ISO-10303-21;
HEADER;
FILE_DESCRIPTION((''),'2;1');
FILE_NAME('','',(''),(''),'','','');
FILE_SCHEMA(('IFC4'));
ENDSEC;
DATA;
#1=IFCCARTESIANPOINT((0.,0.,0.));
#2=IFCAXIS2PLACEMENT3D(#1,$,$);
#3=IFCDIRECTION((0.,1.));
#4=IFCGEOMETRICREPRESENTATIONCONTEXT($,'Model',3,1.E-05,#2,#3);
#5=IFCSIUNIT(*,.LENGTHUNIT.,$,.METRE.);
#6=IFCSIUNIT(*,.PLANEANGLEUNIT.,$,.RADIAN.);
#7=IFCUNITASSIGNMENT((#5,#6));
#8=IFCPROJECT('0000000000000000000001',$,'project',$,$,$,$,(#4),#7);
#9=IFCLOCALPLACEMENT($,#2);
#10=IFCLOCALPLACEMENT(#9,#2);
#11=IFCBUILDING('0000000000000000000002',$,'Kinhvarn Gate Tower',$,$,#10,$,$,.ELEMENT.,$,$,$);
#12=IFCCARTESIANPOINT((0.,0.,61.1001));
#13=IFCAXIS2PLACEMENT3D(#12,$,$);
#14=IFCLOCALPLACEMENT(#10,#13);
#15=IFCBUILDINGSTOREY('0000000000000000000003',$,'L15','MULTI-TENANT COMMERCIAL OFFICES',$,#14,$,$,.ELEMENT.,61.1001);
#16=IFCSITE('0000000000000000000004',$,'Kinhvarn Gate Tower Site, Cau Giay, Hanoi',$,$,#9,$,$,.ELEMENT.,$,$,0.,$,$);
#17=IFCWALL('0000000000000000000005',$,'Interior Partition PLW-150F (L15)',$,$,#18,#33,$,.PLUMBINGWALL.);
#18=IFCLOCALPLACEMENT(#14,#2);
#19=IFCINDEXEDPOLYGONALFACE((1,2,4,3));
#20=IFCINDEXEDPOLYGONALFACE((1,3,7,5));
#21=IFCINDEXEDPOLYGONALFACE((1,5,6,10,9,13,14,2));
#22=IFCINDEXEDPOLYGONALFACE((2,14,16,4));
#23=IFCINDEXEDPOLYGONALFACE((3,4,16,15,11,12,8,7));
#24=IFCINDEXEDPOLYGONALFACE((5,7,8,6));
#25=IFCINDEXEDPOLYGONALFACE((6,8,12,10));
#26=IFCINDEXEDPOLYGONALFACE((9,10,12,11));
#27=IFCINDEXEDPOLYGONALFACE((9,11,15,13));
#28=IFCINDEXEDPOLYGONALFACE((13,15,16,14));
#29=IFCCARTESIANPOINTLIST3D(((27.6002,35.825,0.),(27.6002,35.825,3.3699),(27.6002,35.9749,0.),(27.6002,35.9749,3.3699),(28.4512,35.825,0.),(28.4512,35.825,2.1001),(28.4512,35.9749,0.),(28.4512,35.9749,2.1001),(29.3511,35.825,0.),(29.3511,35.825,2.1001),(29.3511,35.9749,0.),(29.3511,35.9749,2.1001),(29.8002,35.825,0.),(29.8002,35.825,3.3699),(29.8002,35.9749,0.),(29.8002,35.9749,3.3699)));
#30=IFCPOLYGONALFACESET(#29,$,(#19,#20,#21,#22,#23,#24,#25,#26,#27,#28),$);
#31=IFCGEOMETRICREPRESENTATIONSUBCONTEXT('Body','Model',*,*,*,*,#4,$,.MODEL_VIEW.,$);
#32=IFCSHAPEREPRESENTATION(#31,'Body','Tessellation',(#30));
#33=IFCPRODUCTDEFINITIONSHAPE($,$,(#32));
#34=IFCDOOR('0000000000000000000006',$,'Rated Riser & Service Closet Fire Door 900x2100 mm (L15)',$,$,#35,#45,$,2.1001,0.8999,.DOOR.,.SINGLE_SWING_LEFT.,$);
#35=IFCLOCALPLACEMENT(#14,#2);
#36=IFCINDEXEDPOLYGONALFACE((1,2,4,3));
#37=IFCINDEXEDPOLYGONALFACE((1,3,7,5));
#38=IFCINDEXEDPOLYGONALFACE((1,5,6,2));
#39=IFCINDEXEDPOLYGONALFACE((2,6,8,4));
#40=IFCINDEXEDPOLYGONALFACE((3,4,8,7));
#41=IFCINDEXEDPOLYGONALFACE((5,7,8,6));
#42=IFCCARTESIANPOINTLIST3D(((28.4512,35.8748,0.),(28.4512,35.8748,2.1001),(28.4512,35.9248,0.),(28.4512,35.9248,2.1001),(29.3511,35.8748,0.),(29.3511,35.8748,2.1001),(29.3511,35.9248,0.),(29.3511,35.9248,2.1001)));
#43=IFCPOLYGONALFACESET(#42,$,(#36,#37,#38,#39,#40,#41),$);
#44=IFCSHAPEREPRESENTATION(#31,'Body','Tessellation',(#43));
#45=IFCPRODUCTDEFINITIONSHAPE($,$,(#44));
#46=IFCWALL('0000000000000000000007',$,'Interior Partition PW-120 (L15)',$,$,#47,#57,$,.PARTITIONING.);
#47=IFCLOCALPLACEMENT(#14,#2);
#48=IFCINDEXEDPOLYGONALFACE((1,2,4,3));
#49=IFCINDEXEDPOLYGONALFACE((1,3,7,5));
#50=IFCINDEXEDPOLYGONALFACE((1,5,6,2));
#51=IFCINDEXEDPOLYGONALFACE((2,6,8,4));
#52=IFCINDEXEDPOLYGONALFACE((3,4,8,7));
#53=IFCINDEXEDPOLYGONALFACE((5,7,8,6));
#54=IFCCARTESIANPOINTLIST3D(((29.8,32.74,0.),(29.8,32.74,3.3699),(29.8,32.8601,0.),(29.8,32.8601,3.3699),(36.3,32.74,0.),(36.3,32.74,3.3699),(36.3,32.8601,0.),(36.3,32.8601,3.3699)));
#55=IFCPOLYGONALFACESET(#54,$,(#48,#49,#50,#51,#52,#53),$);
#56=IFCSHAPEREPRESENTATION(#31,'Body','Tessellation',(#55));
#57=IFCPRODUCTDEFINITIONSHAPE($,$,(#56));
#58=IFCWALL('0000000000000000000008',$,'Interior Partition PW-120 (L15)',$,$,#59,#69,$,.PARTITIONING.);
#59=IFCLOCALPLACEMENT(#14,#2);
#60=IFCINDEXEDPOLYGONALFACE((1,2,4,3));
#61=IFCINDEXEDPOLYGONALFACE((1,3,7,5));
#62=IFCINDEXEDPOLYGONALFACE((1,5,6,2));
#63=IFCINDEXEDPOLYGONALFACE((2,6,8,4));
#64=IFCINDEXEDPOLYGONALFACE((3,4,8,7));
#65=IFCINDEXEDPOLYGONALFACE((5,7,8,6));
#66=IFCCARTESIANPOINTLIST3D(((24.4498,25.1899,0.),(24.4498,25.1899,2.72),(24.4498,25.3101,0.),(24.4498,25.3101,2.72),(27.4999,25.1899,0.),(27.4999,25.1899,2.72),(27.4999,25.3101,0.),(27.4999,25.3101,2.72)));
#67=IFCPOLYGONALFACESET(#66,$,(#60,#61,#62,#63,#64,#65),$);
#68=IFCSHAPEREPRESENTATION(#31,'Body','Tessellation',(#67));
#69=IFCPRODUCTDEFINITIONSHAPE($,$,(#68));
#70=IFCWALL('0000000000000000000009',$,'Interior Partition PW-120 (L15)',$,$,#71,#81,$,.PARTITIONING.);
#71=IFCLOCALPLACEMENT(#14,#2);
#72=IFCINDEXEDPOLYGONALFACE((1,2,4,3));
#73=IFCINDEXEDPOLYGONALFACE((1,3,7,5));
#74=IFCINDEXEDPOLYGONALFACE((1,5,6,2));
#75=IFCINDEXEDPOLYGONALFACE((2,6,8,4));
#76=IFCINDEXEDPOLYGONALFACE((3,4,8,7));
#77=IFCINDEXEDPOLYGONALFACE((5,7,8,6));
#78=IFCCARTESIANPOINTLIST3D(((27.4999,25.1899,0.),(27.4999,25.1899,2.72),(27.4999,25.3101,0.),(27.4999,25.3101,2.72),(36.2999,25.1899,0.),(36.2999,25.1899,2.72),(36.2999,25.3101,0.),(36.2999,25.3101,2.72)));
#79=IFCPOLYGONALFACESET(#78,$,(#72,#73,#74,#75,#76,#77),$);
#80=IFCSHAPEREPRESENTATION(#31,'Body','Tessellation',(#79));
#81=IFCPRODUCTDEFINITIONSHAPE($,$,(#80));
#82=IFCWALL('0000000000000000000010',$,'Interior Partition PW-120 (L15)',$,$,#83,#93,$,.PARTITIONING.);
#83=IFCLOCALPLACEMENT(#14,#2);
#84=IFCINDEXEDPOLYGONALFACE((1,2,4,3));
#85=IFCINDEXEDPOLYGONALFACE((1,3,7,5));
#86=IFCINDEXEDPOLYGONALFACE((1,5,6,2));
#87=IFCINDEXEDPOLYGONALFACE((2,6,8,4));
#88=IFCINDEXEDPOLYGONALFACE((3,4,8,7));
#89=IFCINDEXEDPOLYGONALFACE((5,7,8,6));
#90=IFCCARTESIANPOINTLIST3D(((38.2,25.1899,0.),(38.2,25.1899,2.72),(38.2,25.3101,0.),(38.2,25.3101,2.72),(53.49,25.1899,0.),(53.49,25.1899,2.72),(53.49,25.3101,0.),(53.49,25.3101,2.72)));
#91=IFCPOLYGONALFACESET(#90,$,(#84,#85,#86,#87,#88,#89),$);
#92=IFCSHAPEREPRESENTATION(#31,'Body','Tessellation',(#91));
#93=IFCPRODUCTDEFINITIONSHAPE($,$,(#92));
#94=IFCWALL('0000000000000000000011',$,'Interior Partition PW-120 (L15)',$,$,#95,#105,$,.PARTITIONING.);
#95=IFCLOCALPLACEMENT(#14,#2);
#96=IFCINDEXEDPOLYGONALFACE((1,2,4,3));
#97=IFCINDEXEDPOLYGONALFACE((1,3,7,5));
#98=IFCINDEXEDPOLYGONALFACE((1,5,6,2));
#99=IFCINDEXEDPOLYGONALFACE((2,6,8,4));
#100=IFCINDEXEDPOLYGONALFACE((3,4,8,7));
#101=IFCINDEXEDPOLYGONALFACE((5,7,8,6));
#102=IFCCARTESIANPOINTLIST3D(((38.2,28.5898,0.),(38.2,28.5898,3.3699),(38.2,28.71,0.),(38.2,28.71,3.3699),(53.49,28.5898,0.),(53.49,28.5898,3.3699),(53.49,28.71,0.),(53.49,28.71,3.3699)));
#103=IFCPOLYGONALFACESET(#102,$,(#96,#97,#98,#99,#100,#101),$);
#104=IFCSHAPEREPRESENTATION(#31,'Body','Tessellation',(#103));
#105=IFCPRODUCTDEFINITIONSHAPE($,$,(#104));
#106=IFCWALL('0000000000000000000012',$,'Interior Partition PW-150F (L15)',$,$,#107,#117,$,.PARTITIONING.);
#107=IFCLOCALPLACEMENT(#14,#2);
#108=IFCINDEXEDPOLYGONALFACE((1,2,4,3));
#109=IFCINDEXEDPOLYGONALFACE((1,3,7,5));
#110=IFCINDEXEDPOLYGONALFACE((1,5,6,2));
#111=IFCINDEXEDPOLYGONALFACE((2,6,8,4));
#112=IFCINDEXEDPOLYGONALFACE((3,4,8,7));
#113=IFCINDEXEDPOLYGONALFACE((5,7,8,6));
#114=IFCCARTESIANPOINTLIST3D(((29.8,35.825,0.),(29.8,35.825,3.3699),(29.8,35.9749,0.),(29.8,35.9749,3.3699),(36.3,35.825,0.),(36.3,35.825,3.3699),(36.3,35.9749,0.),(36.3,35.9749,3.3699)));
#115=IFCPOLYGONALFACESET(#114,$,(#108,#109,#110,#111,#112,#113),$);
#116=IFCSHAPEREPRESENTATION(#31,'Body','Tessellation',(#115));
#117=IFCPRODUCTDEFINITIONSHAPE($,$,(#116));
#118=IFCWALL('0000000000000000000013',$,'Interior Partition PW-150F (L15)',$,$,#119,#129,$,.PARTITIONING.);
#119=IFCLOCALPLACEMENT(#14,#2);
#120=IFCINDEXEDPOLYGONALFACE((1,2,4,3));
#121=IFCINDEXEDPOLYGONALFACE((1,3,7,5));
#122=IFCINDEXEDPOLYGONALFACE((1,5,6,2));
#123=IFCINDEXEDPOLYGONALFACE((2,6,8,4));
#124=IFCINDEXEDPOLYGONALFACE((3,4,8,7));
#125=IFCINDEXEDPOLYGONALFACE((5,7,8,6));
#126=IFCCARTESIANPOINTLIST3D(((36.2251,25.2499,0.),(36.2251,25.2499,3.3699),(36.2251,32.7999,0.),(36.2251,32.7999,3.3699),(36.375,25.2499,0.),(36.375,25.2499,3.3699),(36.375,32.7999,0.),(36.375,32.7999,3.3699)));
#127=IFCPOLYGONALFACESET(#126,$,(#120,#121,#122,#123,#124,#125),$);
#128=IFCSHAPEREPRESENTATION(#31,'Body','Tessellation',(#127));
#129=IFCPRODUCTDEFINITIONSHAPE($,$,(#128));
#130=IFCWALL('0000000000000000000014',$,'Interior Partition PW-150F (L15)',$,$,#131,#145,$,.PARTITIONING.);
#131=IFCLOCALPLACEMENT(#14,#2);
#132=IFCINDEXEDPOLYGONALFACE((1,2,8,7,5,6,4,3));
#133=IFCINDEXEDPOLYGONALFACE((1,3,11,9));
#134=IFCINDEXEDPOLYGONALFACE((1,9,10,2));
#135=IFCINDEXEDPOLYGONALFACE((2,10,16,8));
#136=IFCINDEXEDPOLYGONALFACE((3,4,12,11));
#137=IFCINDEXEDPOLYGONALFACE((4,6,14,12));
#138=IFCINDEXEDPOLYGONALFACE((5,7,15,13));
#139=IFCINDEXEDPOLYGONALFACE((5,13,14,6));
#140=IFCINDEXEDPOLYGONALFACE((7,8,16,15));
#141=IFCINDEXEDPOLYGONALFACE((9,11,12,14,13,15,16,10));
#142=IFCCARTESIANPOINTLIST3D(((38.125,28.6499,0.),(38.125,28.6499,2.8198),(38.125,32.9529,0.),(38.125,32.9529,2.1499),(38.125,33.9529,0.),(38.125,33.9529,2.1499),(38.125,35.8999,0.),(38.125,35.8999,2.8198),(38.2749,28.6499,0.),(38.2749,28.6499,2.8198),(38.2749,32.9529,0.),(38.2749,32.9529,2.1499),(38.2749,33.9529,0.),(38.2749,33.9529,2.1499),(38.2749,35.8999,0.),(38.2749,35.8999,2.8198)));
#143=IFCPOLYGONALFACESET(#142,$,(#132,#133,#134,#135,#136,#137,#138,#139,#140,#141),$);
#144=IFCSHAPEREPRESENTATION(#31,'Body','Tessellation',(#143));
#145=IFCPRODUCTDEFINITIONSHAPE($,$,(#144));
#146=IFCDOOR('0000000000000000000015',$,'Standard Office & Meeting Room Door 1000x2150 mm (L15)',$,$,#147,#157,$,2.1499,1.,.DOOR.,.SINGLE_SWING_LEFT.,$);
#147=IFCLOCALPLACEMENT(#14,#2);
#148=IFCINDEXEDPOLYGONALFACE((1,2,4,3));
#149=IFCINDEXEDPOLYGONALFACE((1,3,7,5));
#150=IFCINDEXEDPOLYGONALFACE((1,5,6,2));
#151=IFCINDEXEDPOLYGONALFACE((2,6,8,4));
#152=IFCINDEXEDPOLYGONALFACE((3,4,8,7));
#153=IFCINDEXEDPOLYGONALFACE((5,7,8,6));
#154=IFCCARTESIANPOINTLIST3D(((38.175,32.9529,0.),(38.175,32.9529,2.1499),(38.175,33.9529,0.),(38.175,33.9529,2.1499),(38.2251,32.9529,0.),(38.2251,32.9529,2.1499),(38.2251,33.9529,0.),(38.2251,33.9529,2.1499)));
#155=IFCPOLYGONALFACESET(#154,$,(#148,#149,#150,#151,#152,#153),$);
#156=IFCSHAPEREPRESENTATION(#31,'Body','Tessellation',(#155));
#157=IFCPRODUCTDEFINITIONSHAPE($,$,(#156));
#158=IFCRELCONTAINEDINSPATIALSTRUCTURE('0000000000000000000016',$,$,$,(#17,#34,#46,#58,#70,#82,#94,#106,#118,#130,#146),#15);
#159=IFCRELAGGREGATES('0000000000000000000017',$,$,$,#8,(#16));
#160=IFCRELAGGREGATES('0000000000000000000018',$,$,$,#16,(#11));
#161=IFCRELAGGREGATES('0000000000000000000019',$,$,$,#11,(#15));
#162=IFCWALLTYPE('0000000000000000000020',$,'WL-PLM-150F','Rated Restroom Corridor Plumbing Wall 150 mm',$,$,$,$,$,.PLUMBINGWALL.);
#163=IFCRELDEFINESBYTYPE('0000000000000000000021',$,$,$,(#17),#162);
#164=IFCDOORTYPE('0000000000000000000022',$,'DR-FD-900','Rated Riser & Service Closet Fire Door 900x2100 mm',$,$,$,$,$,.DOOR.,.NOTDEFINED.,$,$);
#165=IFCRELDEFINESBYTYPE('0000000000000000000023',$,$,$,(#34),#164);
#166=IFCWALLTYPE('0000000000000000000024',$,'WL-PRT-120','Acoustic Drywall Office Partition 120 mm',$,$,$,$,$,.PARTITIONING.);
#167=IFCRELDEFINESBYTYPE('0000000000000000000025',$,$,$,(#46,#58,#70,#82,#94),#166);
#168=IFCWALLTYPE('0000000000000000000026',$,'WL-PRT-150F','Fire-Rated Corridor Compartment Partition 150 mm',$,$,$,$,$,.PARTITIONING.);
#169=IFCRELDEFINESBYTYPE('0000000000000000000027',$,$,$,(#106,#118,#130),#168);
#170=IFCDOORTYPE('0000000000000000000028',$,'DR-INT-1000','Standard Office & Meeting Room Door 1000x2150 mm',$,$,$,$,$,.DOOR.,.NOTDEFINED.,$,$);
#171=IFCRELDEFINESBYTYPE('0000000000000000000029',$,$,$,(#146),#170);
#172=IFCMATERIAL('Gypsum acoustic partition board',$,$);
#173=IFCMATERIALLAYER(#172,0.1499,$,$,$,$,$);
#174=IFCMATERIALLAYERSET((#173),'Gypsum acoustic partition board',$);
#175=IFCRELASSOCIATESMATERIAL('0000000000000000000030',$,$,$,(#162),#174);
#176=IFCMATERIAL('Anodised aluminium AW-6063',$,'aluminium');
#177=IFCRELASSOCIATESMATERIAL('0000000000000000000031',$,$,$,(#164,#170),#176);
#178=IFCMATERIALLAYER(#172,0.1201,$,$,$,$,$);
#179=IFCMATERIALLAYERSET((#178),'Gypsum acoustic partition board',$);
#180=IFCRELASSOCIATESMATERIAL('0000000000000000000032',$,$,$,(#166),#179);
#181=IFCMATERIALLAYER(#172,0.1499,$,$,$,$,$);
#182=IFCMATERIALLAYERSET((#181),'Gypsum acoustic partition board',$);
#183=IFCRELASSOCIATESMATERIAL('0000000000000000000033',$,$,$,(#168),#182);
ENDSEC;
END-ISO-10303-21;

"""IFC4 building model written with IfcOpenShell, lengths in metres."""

from ifc_helpers import new_model, si_unit, direction, frame, frame_2d, origin, place, context, subcontext, project, spatial, rectangle, extrude, material, layer, layer_set, type_object, element, fill, save


model = new_model("IFC4")

# Units and contexts
model_context = context("Model", 3, precision=1e-05, world=origin(), true_north=direction((0.0, 1.0)))
body_context = subcontext(model_context, "Body", "Model", "MODEL_VIEW")
ifc_project = project(units=[si_unit("LENGTHUNIT", "METRE"), si_unit("PLANEANGLEUNIT", "RADIAN")], contexts=[model_context])

# Site, building, storey
site_placement = place(None, origin())
site = spatial("IfcSite", under=ifc_project, at=site_placement, Name="Kinhvarn Gate Tower Site, Cau Giay, Hanoi", CompositionType="ELEMENT", RefElevation=0.0)
building_placement = place(site_placement, origin())
building = spatial("IfcBuilding", under=site, at=building_placement, Name="Kinhvarn Gate Tower", CompositionType="ELEMENT")
storey_placement = place(building_placement, frame((0.0, 0.0, 61.1001)))
storey = spatial("IfcBuildingStorey", under=building, at=storey_placement, Name="L15", Description="MULTI-TENANT COMMERCIAL OFFICES", CompositionType="ELEMENT", Elevation=61.1001)

# Shared definitions
ifc_material_1 = material(Name="Gypsum acoustic partition board")

# Wall, opening, door
ifc_layer_1 = layer(ifc_material_1, 0.1499)
ifc_layer_set_1 = layer_set([ifc_layer_1], Name="Gypsum acoustic partition board")
wall_type_1 = type_object("IfcWallType", Name="WL-PLM-150F", Description="Rated Restroom Corridor Plumbing Wall 150 mm", PredefinedType="PLUMBINGWALL", material=ifc_layer_set_1)
wall_1_placement = place(storey_placement, frame((27.6001, 35.8999, 0.0), z_axis=(0.0, 0.0, 1.0), x_axis=(1.0, 0.0, 0.0)))
wall_1 = element("IfcWall", 1, at=wall_1_placement, inside=storey, type_object=wall_type_1, Name="Interior Partition PLW-150F (L15)", PredefinedType="PLUMBINGWALL", context=body_context, shape_type="SweptSolid", body=[
    extrude(rectangle(XDim=2.2, YDim=0.1499, at=frame_2d((1.1001, 0.0))), origin(), (0.0, 0.0, 1.0), 3.3699),
])
opening_1_placement = place(wall_1_placement, frame((0.8511, 0.0, 0.0)))
opening_1 = element("IfcOpeningElement", 2, at=opening_1_placement, cuts=wall_1, PredefinedType="OPENING", context=body_context, shape_type="SweptSolid", body=[
    extrude(rectangle(XDim=0.8999, YDim=2.1001, at=frame_2d((0.45, 1.05))), frame((0.0, 0.085, 0.0), z_axis=(0.0, -1.0, 0.0), x_axis=(1.0, 0.0, 0.0)), (0.0, 0.0, 1.0), 0.1699),
])
ifc_material_2 = material(Name="Anodised aluminium AW-6063", Category="aluminium")
door_type_1 = type_object("IfcDoorType", Name="DR-FD-900", Description="Rated Riser & Service Closet Fire Door 900x2100 mm", OperationType="NOTDEFINED", PredefinedType="DOOR", material=ifc_material_2)
door_1_placement = place(opening_1_placement, origin())
door_1 = element("IfcDoor", 3, at=door_1_placement, inside=storey, type_object=door_type_1, Name="Rated Riser & Service Closet Fire Door 900x2100 mm (L15)", OperationType="SINGLE_SWING_LEFT", OverallHeight=2.1001, OverallWidth=0.8999, PredefinedType="DOOR", context=body_context, shape_type="SweptSolid", body=[
    extrude(rectangle(XDim=0.8999, YDim=2.1001, at=frame_2d((0.45, 1.05))), frame((0.0, 0.0249, 0.0), z_axis=(0.0, -1.0, 0.0), x_axis=(1.0, 0.0, 0.0)), (0.0, 0.0, 1.0), 0.05),
])
fill(opening_1, door_1)

# Walls
ifc_layer_2 = layer(ifc_material_1, 0.1201)
ifc_layer_set_2 = layer_set([ifc_layer_2], Name="Gypsum acoustic partition board")
wall_type_2 = type_object("IfcWallType", Name="WL-PRT-120", Description="Acoustic Drywall Office Partition 120 mm", PredefinedType="PARTITIONING", material=ifc_layer_set_2)
wall_2_placement = place(storey_placement, frame((29.8, 32.8, 0.0), z_axis=(0.0, 0.0, 1.0), x_axis=(1.0, 0.0, 0.0)))
element("IfcWall", 4, at=wall_2_placement, inside=storey, type_object=wall_type_2, Name="Interior Partition PW-120 (L15)", PredefinedType="PARTITIONING", context=body_context, shape_type="SweptSolid", body=[
    extrude(rectangle(XDim=6.5, YDim=0.1201, at=frame_2d((3.25, 0.0))), origin(), (0.0, 0.0, 1.0), 3.3699),
])
wall_3_placement = place(storey_placement, frame((24.45, 25.25, 0.0), z_axis=(0.0, 0.0, 1.0), x_axis=(1.0, 0.0, 0.0)))
element("IfcWall", 5, at=wall_3_placement, inside=storey, type_object=wall_type_2, Name="Interior Partition PW-120 (L15)", PredefinedType="PARTITIONING", context=body_context, shape_type="SweptSolid", body=[
    extrude(rectangle(XDim=3.05, YDim=0.1201, at=frame_2d((1.5249, 0.0))), origin(), (0.0, 0.0, 1.0), 2.72),
])
wall_4_placement = place(storey_placement, frame((27.5, 25.25, 0.0), z_axis=(0.0, 0.0, 1.0), x_axis=(1.0, 0.0, 0.0)))
element("IfcWall", 6, at=wall_4_placement, inside=storey, type_object=wall_type_2, Name="Interior Partition PW-120 (L15)", PredefinedType="PARTITIONING", context=body_context, shape_type="SweptSolid", body=[
    extrude(rectangle(XDim=8.8, YDim=0.1201, at=frame_2d((4.3999, 0.0))), origin(), (0.0, 0.0, 1.0), 2.72),
])
wall_5_placement = place(storey_placement, frame((38.2, 25.25, 0.0), z_axis=(0.0, 0.0, 1.0), x_axis=(1.0, 0.0, 0.0)))
element("IfcWall", 7, at=wall_5_placement, inside=storey, type_object=wall_type_2, Name="Interior Partition PW-120 (L15)", PredefinedType="PARTITIONING", context=body_context, shape_type="SweptSolid", body=[
    extrude(rectangle(XDim=15.29, YDim=0.1201, at=frame_2d((7.645, 0.0))), origin(), (0.0, 0.0, 1.0), 2.72),
])
wall_6_placement = place(storey_placement, frame((38.2, 28.6499, 0.0), z_axis=(0.0, 0.0, 1.0), x_axis=(1.0, 0.0, 0.0)))
element("IfcWall", 8, at=wall_6_placement, inside=storey, type_object=wall_type_2, Name="Interior Partition PW-120 (L15)", PredefinedType="PARTITIONING", context=body_context, shape_type="SweptSolid", body=[
    extrude(rectangle(XDim=15.29, YDim=0.1201, at=frame_2d((7.645, 0.0))), origin(), (0.0, 0.0, 1.0), 3.3699),
])
ifc_layer_3 = layer(ifc_material_1, 0.1499)
ifc_layer_set_3 = layer_set([ifc_layer_3], Name="Gypsum acoustic partition board")
wall_type_3 = type_object("IfcWallType", Name="WL-PRT-150F", Description="Fire-Rated Corridor Compartment Partition 150 mm", PredefinedType="PARTITIONING", material=ifc_layer_set_3)
wall_7_placement = place(storey_placement, frame((29.8, 35.8999, 0.0), z_axis=(0.0, 0.0, 1.0), x_axis=(1.0, 0.0, 0.0)))
element("IfcWall", 9, at=wall_7_placement, inside=storey, type_object=wall_type_3, Name="Interior Partition PW-150F (L15)", PredefinedType="PARTITIONING", context=body_context, shape_type="SweptSolid", body=[
    extrude(rectangle(XDim=6.5, YDim=0.1499, at=frame_2d((3.25, 0.0))), origin(), (0.0, 0.0, 1.0), 3.3699),
])

# Shared definitions
door_type_2 = type_object("IfcDoorType", Name="DR-INT-1000", Description="Standard Office & Meeting Room Door 1000x2150 mm", OperationType="NOTDEFINED", PredefinedType="DOOR", material=ifc_material_2)

# Wall
wall_8_placement = place(storey_placement, frame((36.3, 25.25, 0.0), z_axis=(0.0, 0.0, 1.0), x_axis=(0.0, 1.0, 0.0)))
element("IfcWall", 10, at=wall_8_placement, inside=storey, type_object=wall_type_3, Name="Interior Partition PW-150F (L15)", PredefinedType="PARTITIONING", context=body_context, shape_type="SweptSolid", body=[
    extrude(rectangle(XDim=7.55, YDim=0.1499, at=frame_2d((3.7749, 0.0))), origin(), (0.0, 0.0, 1.0), 3.3699),
])

# Wall, opening, door
wall_9_placement = place(storey_placement, frame((38.2, 28.6499, 0.0), z_axis=(0.0, 0.0, 1.0), x_axis=(0.0, 1.0, 0.0)))
wall_9 = element("IfcWall", 11, at=wall_9_placement, inside=storey, type_object=wall_type_3, Name="Interior Partition PW-150F (L15)", PredefinedType="PARTITIONING", context=body_context, shape_type="SweptSolid", body=[
    extrude(rectangle(XDim=7.25, YDim=0.1499, at=frame_2d((3.625, 0.0))), origin(), (0.0, 0.0, 1.0), 2.8198),
])
opening_2_placement = place(wall_9_placement, frame((4.303, 0.0, 0.0)))
opening_2 = element("IfcOpeningElement", 12, at=opening_2_placement, cuts=wall_9, PredefinedType="OPENING", context=body_context, shape_type="SweptSolid", body=[
    extrude(rectangle(XDim=1.0, YDim=2.1499, at=frame_2d((0.5, 1.075))), frame((0.0, 0.085, 0.0), z_axis=(0.0, -1.0, 0.0), x_axis=(1.0, 0.0, 0.0)), (0.0, 0.0, 1.0), 0.1699),
])
door_2_placement = place(opening_2_placement, origin())
door_2 = element("IfcDoor", 13, at=door_2_placement, inside=storey, type_object=door_type_2, Name="Standard Office & Meeting Room Door 1000x2150 mm (L15)", OperationType="SINGLE_SWING_LEFT", OverallHeight=2.1499, OverallWidth=1.0, PredefinedType="DOOR", context=body_context, shape_type="SweptSolid", body=[
    extrude(rectangle(XDim=1.0, YDim=2.1499, at=frame_2d((0.5, 1.075))), frame((0.0, 0.0249, 0.0), z_axis=(0.0, -1.0, 0.0), x_axis=(1.0, 0.0, 0.0)), (0.0, 0.0, 1.0), 0.05),
])
fill(opening_2, door_2)

save(model, "model.ifc")
